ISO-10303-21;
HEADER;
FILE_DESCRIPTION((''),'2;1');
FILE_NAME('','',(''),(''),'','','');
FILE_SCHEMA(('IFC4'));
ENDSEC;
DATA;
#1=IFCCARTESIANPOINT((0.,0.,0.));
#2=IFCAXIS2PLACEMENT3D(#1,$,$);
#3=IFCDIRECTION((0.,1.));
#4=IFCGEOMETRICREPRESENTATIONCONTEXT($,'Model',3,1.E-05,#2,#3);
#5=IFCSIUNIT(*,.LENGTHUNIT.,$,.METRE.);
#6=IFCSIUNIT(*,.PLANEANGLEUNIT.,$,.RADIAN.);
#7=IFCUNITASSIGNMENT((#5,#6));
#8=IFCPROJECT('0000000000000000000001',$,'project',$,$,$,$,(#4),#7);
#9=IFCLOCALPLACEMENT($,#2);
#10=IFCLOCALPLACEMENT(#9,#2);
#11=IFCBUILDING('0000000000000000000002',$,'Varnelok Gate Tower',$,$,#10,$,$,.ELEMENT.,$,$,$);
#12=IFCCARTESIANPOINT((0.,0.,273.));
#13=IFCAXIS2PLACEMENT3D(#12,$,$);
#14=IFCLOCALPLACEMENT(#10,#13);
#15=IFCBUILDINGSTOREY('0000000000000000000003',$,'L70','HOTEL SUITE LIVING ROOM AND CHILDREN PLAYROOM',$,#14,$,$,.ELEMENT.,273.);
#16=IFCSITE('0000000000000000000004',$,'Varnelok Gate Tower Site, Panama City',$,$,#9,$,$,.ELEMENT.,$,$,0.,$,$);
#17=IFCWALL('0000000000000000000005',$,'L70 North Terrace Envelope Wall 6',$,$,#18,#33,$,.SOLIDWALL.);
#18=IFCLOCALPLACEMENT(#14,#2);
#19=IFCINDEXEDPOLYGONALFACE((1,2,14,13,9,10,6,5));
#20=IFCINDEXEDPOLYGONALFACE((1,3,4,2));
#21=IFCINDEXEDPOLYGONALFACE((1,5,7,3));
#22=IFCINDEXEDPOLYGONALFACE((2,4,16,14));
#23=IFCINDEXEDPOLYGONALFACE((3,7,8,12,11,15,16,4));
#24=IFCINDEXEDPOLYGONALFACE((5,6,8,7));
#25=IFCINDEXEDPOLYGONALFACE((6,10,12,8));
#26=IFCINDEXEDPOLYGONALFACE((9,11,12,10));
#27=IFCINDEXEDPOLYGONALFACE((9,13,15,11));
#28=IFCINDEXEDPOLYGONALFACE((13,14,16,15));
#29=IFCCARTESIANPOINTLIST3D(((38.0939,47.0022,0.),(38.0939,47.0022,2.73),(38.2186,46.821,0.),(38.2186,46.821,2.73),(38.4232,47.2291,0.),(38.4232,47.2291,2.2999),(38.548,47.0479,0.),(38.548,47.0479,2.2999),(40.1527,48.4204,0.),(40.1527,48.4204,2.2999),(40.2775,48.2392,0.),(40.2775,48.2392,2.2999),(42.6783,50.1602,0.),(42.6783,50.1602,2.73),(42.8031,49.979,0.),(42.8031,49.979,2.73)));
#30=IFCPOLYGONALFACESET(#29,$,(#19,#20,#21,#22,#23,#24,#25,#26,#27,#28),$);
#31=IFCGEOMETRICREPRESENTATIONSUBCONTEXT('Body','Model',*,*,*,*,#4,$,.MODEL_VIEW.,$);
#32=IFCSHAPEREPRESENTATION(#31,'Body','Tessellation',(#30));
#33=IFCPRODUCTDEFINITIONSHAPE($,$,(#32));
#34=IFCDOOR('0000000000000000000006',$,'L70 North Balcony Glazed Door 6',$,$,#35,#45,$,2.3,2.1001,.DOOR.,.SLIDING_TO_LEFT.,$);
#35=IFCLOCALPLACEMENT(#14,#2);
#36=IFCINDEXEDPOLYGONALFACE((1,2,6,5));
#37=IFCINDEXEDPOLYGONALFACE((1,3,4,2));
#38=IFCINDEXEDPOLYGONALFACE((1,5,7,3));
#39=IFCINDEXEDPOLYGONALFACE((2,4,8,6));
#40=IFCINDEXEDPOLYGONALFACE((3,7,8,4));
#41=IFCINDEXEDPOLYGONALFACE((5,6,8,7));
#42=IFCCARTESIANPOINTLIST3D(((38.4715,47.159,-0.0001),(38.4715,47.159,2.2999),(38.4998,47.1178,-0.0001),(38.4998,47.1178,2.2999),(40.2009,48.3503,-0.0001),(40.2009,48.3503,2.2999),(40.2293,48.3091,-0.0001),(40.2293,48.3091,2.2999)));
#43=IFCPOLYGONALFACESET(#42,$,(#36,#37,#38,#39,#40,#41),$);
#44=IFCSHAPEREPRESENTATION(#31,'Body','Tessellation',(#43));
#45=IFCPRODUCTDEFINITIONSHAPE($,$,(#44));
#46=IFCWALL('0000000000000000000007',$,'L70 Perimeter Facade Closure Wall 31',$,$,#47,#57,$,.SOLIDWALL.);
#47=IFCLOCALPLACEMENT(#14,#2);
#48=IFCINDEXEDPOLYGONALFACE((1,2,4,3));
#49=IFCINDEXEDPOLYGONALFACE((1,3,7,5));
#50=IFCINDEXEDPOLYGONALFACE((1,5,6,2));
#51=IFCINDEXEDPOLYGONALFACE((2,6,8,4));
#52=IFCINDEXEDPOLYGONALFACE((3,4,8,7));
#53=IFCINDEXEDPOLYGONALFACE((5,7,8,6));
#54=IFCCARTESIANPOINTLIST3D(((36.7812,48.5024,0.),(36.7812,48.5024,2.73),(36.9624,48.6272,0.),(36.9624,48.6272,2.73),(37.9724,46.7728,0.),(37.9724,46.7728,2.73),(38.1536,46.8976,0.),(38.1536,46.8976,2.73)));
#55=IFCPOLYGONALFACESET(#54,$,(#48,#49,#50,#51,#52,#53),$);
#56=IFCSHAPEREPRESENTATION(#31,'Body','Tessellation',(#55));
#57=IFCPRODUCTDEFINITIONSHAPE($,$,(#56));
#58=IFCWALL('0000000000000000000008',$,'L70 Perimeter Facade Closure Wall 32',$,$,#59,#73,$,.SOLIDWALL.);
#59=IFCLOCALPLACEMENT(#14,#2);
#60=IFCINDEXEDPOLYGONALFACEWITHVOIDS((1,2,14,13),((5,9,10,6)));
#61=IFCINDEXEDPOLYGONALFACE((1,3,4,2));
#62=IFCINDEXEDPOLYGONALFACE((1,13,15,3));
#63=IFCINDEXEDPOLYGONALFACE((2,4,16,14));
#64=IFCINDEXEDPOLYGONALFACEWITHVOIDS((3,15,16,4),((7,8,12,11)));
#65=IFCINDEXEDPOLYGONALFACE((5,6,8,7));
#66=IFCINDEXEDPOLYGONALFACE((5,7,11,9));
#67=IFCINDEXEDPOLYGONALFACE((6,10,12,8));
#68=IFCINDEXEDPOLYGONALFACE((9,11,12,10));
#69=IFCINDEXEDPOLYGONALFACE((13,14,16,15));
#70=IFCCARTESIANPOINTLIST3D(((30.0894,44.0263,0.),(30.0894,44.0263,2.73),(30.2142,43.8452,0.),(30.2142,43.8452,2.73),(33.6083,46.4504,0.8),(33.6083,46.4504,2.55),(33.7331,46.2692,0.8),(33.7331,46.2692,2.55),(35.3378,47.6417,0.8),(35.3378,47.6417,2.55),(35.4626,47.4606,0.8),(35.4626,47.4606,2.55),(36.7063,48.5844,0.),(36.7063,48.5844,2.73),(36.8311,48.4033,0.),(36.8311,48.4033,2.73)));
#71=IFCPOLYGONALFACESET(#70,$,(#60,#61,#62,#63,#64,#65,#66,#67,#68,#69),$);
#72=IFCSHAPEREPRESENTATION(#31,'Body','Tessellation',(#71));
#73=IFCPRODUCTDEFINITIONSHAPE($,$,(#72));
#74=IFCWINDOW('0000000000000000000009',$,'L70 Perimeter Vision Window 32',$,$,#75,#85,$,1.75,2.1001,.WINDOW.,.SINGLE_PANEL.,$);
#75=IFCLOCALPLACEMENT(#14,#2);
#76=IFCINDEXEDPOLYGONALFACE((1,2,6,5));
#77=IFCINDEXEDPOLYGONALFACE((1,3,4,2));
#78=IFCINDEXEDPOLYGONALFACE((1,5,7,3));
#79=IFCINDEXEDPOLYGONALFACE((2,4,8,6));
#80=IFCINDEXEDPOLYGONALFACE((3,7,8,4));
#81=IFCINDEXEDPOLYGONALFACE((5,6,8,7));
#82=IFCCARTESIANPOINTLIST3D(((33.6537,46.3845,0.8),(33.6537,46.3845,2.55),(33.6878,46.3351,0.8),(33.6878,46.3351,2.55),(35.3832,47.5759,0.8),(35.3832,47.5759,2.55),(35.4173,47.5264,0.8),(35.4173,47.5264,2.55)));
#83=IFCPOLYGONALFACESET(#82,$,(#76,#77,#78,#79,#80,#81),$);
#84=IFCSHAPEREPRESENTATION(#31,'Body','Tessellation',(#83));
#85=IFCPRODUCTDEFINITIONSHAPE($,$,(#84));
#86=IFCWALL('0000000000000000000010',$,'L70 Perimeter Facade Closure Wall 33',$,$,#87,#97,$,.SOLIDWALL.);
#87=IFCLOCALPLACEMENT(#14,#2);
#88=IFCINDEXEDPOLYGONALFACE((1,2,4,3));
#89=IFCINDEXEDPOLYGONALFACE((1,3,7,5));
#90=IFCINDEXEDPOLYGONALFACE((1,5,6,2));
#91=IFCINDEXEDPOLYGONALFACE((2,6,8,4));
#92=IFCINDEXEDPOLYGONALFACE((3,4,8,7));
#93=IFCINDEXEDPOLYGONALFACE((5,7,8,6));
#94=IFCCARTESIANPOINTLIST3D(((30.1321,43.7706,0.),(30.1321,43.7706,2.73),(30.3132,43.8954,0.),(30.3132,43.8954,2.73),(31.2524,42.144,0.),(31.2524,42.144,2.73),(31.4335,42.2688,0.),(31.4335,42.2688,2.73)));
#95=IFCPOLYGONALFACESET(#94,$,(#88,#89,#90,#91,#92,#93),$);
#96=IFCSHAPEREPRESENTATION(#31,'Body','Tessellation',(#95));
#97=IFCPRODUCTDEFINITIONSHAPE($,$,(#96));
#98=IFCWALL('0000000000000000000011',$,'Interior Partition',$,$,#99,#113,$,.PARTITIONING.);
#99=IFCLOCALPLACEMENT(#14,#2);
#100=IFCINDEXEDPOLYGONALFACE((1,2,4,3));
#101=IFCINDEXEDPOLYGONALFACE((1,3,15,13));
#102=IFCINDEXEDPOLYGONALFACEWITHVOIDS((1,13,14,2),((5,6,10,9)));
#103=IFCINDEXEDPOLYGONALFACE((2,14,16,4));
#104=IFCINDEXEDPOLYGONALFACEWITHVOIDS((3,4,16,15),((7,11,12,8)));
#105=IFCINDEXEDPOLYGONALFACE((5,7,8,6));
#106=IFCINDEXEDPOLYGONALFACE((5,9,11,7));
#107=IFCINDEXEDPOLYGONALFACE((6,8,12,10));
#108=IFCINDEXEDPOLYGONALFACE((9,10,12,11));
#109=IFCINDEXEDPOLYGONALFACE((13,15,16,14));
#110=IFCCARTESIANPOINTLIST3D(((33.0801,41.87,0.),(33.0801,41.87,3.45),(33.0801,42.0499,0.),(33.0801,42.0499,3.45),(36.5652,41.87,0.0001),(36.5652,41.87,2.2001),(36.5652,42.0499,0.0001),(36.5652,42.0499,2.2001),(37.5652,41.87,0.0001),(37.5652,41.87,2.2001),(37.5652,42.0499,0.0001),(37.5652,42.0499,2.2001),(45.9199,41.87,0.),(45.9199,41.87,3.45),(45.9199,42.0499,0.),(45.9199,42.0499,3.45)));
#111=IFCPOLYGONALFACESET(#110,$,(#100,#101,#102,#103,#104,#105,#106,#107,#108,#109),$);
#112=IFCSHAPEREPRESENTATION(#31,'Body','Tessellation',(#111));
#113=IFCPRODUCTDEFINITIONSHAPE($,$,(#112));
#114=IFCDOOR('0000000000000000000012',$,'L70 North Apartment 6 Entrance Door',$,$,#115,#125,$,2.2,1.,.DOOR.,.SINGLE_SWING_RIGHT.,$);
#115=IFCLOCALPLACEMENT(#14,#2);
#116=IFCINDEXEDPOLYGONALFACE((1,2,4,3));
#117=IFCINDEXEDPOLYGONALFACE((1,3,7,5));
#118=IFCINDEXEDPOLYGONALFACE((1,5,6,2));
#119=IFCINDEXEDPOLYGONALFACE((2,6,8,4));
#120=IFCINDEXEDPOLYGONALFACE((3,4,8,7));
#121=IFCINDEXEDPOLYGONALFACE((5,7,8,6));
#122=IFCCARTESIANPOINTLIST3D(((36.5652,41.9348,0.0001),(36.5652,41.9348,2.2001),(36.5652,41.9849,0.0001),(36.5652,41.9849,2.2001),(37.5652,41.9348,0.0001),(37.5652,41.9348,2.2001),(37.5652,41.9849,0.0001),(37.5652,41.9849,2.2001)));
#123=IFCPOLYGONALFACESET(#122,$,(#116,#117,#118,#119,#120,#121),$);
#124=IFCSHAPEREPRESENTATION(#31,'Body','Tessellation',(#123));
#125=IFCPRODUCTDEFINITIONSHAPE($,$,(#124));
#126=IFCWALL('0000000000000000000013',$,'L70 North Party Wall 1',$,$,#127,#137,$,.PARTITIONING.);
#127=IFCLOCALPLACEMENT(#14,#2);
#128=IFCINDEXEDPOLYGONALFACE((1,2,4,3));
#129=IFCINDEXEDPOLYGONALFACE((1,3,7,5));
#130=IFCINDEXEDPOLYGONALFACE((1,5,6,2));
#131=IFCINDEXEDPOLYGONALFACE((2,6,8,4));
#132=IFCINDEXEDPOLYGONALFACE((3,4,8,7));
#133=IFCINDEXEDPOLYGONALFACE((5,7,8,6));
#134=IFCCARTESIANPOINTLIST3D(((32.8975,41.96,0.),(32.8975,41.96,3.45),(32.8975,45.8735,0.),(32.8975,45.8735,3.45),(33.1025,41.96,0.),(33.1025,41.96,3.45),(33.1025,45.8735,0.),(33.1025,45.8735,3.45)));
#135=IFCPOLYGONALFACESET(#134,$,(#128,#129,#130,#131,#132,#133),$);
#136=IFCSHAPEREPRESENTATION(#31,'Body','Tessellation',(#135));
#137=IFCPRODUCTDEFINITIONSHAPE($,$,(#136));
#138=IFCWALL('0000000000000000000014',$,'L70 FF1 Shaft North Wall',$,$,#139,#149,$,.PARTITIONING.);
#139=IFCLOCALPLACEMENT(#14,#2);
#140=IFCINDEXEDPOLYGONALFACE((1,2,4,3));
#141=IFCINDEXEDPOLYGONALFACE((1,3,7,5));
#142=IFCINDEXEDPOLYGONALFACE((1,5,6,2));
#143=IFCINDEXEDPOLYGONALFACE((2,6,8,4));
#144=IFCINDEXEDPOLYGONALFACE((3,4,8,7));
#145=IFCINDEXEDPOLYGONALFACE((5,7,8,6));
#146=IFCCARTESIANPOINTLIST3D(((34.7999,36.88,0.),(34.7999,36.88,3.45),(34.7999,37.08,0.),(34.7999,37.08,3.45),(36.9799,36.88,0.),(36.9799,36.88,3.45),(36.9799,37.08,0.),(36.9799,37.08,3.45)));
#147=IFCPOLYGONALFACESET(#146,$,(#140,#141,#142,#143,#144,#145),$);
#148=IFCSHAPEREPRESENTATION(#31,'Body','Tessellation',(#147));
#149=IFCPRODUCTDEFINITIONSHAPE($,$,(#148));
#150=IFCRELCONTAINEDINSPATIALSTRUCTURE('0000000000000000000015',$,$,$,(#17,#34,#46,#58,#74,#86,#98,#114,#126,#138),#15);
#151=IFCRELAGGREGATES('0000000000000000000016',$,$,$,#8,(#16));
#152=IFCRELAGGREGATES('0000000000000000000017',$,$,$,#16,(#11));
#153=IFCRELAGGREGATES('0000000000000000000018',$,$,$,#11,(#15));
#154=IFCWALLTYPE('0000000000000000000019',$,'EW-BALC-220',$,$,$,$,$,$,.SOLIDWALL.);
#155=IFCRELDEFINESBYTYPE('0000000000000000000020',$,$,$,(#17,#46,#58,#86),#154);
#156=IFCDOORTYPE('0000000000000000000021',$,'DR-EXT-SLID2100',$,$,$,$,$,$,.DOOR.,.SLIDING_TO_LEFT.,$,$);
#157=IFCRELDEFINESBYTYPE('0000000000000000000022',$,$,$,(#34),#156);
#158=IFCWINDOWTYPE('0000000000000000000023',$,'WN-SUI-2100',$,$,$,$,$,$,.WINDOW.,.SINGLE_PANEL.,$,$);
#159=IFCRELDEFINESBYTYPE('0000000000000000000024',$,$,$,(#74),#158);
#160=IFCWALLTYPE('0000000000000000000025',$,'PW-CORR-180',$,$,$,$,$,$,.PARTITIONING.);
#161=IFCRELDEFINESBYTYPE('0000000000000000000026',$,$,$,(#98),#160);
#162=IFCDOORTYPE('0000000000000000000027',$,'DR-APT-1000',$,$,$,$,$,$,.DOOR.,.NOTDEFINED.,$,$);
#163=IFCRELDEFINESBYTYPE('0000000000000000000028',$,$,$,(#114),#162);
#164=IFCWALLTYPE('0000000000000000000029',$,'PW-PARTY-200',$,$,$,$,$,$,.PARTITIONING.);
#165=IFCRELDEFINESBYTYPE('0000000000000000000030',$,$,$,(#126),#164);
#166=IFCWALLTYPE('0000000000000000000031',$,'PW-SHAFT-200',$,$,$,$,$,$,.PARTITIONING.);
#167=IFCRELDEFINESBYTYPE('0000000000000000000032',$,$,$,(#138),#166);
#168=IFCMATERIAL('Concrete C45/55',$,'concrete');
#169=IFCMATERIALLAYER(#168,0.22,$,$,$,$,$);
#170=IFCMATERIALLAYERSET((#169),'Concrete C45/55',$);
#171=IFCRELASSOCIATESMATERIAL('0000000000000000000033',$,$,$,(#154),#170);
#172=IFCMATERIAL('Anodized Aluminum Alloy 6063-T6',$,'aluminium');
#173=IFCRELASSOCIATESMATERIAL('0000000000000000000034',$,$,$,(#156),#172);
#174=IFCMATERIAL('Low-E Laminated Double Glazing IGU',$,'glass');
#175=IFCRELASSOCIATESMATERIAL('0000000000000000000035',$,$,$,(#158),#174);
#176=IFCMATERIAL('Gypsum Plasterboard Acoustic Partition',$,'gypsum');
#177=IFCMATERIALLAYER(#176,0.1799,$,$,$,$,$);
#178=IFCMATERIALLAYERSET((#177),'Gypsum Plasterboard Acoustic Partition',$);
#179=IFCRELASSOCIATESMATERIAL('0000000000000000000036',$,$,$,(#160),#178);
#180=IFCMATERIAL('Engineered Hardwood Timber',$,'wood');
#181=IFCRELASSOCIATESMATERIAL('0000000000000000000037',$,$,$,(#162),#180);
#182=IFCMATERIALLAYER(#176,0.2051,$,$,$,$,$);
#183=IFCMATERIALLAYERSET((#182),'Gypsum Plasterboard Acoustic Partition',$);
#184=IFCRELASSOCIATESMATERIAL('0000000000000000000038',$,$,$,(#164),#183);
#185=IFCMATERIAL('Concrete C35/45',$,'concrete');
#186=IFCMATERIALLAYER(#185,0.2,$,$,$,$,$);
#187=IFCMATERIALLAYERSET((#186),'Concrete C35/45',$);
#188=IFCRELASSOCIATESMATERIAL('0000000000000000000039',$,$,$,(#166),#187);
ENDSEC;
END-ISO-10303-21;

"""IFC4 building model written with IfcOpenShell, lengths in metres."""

from ifc_helpers import new_model, si_unit, direction, frame, frame_2d, origin, place, context, subcontext, project, spatial, rectangle, extrude, material, layer, layer_set, type_object, element, fill, save


model = new_model("IFC4")

# Units and contexts
model_context = context("Model", 3, precision=1e-05, world=origin(), true_north=direction((0.0, 1.0)))
body_context = subcontext(model_context, "Body", "Model", "MODEL_VIEW")
ifc_project = project(units=[si_unit("LENGTHUNIT", "METRE"), si_unit("PLANEANGLEUNIT", "RADIAN")], contexts=[model_context])

# Site, building, storey
site_placement = place(None, origin())
site = spatial("IfcSite", under=ifc_project, at=site_placement, Name="Varnelok Gate Tower Site, Panama City", CompositionType="ELEMENT", RefElevation=0.0)
building_placement = place(site_placement, origin())
building = spatial("IfcBuilding", under=site, at=building_placement, Name="Varnelok Gate Tower", CompositionType="ELEMENT")
storey_placement = place(building_placement, frame((0.0, 0.0, 273.0)))
storey = spatial("IfcBuildingStorey", under=building, at=storey_placement, Name="L70", Description="HOTEL SUITE LIVING ROOM AND CHILDREN PLAYROOM", CompositionType="ELEMENT", Elevation=273.0)

# Wall, opening, door
ifc_material_1 = material(Name="Concrete C45/55", Category="concrete")
ifc_layer_1 = layer(ifc_material_1, 0.22)
ifc_layer_set_1 = layer_set([ifc_layer_1], Name="Concrete C45/55")
wall_type_1 = type_object("IfcWallType", Name="EW-BALC-220", PredefinedType="SOLIDWALL", material=ifc_layer_set_1)
wall_1_placement = place(storey_placement, frame((38.1562, 46.9116, 0.0), z_axis=(0.0, 0.0, 1.0), x_axis=(0.823527, 0.567277, 0.0)))
wall_1 = element("IfcWall", 1, at=wall_1_placement, inside=storey, type_object=wall_type_1, Name="L70 North Terrace Envelope Wall 6", PredefinedType="SOLIDWALL", context=body_context, shape_type="SweptSolid", body=[
    extrude(rectangle(XDim=5.5669, YDim=0.22, at=frame_2d((2.7834, 0.0))), origin(), (0.0, 0.0, 1.0), 2.73),
])
opening_1_placement = place(wall_1_placement, frame((0.3999, 0.0, 0.0)))
opening_1 = element("IfcOpeningElement", 2, at=opening_1_placement, cuts=wall_1, PredefinedType="OPENING", context=body_context, shape_type="SweptSolid", body=[
    extrude(rectangle(XDim=2.1001, YDim=2.3, at=frame_2d((1.05, 1.1499))), frame((0.0, 0.1199, 0.0), z_axis=(0.0, -1.0, 0.0), x_axis=(1.0, 0.0, 0.0)), (0.0, 0.0, 1.0), 0.24),
])
ifc_material_2 = material(Name="Anodized Aluminum Alloy 6063-T6", Category="aluminium")
door_type_1 = type_object("IfcDoorType", Name="DR-EXT-SLID2100", OperationType="SLIDING_TO_LEFT", PredefinedType="DOOR", material=ifc_material_2)
door_1_placement = place(opening_1_placement, origin())
door_1 = element("IfcDoor", 3, at=door_1_placement, inside=storey, type_object=door_type_1, Name="L70 North Balcony Glazed Door 6", OperationType="SLIDING_TO_LEFT", OverallHeight=2.3, OverallWidth=2.1001, PredefinedType="DOOR", context=body_context, shape_type="SweptSolid", body=[
    extrude(rectangle(XDim=2.1001, YDim=2.3, at=frame_2d((1.05, 1.1499))), frame((0.0, 0.0249, 0.0), z_axis=(0.0, -1.0, 0.0), x_axis=(1.0, 0.0, 0.0)), (0.0, 0.0, 1.0), 0.05),
])
fill(opening_1, door_1)

# Wall
wall_2_placement = place(storey_placement, frame((38.063, 46.8352, 0.0), z_axis=(0.0, 0.0, 1.0), x_axis=(-0.567219, 0.823567, 0.0)))
element("IfcWall", 4, at=wall_2_placement, inside=storey, type_object=wall_type_1, Name="L70 Perimeter Facade Closure Wall 31", PredefinedType="SOLIDWALL", context=body_context, shape_type="SweptSolid", body=[
    extrude(rectangle(XDim=2.1001, YDim=0.22, at=frame_2d((1.05, 0.0))), origin(), (0.0, 0.0, 1.0), 2.73),
])

# Wall, opening, window
wall_3_placement = place(storey_placement, frame((36.7688, 48.4939, 0.0), z_axis=(0.0, 0.0, 1.0), x_axis=(-0.823521, -0.567286, 0.0)))
wall_3 = element("IfcWall", 5, at=wall_3_placement, inside=storey, type_object=wall_type_1, Name="L70 Perimeter Facade Closure Wall 32", PredefinedType="SOLIDWALL", context=body_context, shape_type="SweptSolid", body=[
    extrude(rectangle(XDim=8.0349, YDim=0.22, at=frame_2d((4.0176, 0.0))), origin(), (0.0, 0.0, 1.0), 2.73),
])
opening_2_placement = place(wall_3_placement, frame((1.6619, 0.0, 0.8)))
opening_2 = element("IfcOpeningElement", 6, at=opening_2_placement, cuts=wall_3, PredefinedType="OPENING", context=body_context, shape_type="SweptSolid", body=[
    extrude(rectangle(XDim=2.1001, YDim=1.75, at=frame_2d((1.05, 0.875))), frame((0.0, 0.1199, 0.0), z_axis=(0.0, -1.0, 0.0), x_axis=(1.0, 0.0, 0.0)), (0.0, 0.0, 1.0), 0.24),
])
ifc_material_3 = material(Name="Low-E Laminated Double Glazing IGU", Category="glass")
window_type = type_object("IfcWindowType", Name="WN-SUI-2100", PartitioningType="SINGLE_PANEL", PredefinedType="WINDOW", material=ifc_material_3)
window_placement = place(opening_2_placement, origin())
window = element("IfcWindow", 7, at=window_placement, inside=storey, type_object=window_type, Name="L70 Perimeter Vision Window 32", OverallHeight=1.75, OverallWidth=2.1001, PartitioningType="SINGLE_PANEL", PredefinedType="WINDOW", context=body_context, shape_type="SweptSolid", body=[
    extrude(rectangle(XDim=2.1001, YDim=1.75, at=frame_2d((1.05, 0.875))), frame((0.0, 0.03, 0.0), z_axis=(0.0, -1.0, 0.0), x_axis=(1.0, 0.0, 0.0)), (0.0, 0.0, 1.0), 0.0601),
])
fill(opening_2, window)

# Wall
wall_4_placement = place(storey_placement, frame((30.2227, 43.833, 0.0), z_axis=(0.0, 0.0, 1.0), x_axis=(0.567216, -0.823569, 0.0)))
element("IfcWall", 8, at=wall_4_placement, inside=storey, type_object=wall_type_1, Name="L70 Perimeter Facade Closure Wall 33", PredefinedType="SOLIDWALL", context=body_context, shape_type="SweptSolid", body=[
    extrude(rectangle(XDim=1.9751, YDim=0.22, at=frame_2d((0.9875, 0.0))), origin(), (0.0, 0.0, 1.0), 2.73),
])

# Wall, opening, door
ifc_material_4 = material(Name="Gypsum Plasterboard Acoustic Partition", Category="gypsum")
ifc_layer_2 = layer(ifc_material_4, 0.1799)
ifc_layer_set_2 = layer_set([ifc_layer_2], Name="Gypsum Plasterboard Acoustic Partition")
wall_type_2 = type_object("IfcWallType", Name="PW-CORR-180", PredefinedType="PARTITIONING", material=ifc_layer_set_2)
wall_5_placement = place(storey_placement, frame((33.0801, 41.96, 0.0), z_axis=(0.0, 0.0, 1.0), x_axis=(1.0, 0.0, 0.0)))
wall_5 = element("IfcWall", 9, at=wall_5_placement, inside=storey, type_object=wall_type_2, Name="Interior Partition", PredefinedType="PARTITIONING", context=body_context, shape_type="SweptSolid", body=[
    extrude(rectangle(XDim=12.8398, YDim=0.1799, at=frame_2d((6.4199, 0.0))), origin(), (0.0, 0.0, 1.0), 3.45),
])
opening_3_placement = place(wall_5_placement, frame((3.4851, 0.0, 0.0)))
opening_3 = element("IfcOpeningElement", 10, at=opening_3_placement, cuts=wall_5, PredefinedType="OPENING", context=body_context, shape_type="SweptSolid", body=[
    extrude(rectangle(XDim=1.0, YDim=2.2, at=frame_2d((0.5, 1.1001))), frame((0.0, 0.0999, 0.0), z_axis=(0.0, -1.0, 0.0), x_axis=(1.0, 0.0, 0.0)), (0.0, 0.0, 1.0), 0.2),
])
ifc_material_5 = material(Name="Engineered Hardwood Timber", Category="wood")
door_type_2 = type_object("IfcDoorType", Name="DR-APT-1000", OperationType="NOTDEFINED", PredefinedType="DOOR", material=ifc_material_5)
door_2_placement = place(opening_3_placement, origin())
door_2 = element("IfcDoor", 11, at=door_2_placement, inside=storey, type_object=door_type_2, Name="L70 North Apartment 6 Entrance Door", OperationType="SINGLE_SWING_RIGHT", OverallHeight=2.2, OverallWidth=1.0, PredefinedType="DOOR", context=body_context, shape_type="SweptSolid", body=[
    extrude(rectangle(XDim=1.0, YDim=2.2, at=frame_2d((0.5, 1.1001))), frame((0.0, 0.0249, 0.0), z_axis=(0.0, -1.0, 0.0), x_axis=(1.0, 0.0, 0.0)), (0.0, 0.0, 1.0), 0.05),
])
fill(opening_3, door_2)

# Walls
ifc_layer_3 = layer(ifc_material_4, 0.2051)
ifc_layer_set_3 = layer_set([ifc_layer_3], Name="Gypsum Plasterboard Acoustic Partition")
wall_type_3 = type_object("IfcWallType", Name="PW-PARTY-200", PredefinedType="PARTITIONING", material=ifc_layer_set_3)
wall_6_placement = place(storey_placement, frame((33.0, 41.96, 0.0), z_axis=(0.0, 0.0, 1.0), x_axis=(0.0, 1.0, 0.0)))
element("IfcWall", 12, at=wall_6_placement, inside=storey, type_object=wall_type_3, Name="L70 North Party Wall 1", PredefinedType="PARTITIONING", context=body_context, shape_type="SweptSolid", body=[
    extrude(rectangle(XDim=3.9136, YDim=0.2051, at=frame_2d((1.9568, 0.0))), origin(), (0.0, 0.0, 1.0), 3.45),
])
ifc_material_6 = material(Name="Concrete C35/45", Category="concrete")
ifc_layer_4 = layer(ifc_material_6, 0.2)
ifc_layer_set_4 = layer_set([ifc_layer_4], Name="Concrete C35/45")
wall_type_4 = type_object("IfcWallType", Name="PW-SHAFT-200", PredefinedType="PARTITIONING", material=ifc_layer_set_4)
wall_7_placement = place(storey_placement, frame((34.8, 36.98, 0.0), z_axis=(0.0, 0.0, 1.0), x_axis=(1.0, 0.0, 0.0)))
element("IfcWall", 13, at=wall_7_placement, inside=storey, type_object=wall_type_4, Name="L70 FF1 Shaft North Wall", PredefinedType="PARTITIONING", context=body_context, shape_type="SweptSolid", body=[
    extrude(rectangle(XDim=2.1799, YDim=0.2, at=frame_2d((1.0898, 0.0))), origin(), (0.0, 0.0, 1.0), 3.45),
])

save(model, "model.ifc")
